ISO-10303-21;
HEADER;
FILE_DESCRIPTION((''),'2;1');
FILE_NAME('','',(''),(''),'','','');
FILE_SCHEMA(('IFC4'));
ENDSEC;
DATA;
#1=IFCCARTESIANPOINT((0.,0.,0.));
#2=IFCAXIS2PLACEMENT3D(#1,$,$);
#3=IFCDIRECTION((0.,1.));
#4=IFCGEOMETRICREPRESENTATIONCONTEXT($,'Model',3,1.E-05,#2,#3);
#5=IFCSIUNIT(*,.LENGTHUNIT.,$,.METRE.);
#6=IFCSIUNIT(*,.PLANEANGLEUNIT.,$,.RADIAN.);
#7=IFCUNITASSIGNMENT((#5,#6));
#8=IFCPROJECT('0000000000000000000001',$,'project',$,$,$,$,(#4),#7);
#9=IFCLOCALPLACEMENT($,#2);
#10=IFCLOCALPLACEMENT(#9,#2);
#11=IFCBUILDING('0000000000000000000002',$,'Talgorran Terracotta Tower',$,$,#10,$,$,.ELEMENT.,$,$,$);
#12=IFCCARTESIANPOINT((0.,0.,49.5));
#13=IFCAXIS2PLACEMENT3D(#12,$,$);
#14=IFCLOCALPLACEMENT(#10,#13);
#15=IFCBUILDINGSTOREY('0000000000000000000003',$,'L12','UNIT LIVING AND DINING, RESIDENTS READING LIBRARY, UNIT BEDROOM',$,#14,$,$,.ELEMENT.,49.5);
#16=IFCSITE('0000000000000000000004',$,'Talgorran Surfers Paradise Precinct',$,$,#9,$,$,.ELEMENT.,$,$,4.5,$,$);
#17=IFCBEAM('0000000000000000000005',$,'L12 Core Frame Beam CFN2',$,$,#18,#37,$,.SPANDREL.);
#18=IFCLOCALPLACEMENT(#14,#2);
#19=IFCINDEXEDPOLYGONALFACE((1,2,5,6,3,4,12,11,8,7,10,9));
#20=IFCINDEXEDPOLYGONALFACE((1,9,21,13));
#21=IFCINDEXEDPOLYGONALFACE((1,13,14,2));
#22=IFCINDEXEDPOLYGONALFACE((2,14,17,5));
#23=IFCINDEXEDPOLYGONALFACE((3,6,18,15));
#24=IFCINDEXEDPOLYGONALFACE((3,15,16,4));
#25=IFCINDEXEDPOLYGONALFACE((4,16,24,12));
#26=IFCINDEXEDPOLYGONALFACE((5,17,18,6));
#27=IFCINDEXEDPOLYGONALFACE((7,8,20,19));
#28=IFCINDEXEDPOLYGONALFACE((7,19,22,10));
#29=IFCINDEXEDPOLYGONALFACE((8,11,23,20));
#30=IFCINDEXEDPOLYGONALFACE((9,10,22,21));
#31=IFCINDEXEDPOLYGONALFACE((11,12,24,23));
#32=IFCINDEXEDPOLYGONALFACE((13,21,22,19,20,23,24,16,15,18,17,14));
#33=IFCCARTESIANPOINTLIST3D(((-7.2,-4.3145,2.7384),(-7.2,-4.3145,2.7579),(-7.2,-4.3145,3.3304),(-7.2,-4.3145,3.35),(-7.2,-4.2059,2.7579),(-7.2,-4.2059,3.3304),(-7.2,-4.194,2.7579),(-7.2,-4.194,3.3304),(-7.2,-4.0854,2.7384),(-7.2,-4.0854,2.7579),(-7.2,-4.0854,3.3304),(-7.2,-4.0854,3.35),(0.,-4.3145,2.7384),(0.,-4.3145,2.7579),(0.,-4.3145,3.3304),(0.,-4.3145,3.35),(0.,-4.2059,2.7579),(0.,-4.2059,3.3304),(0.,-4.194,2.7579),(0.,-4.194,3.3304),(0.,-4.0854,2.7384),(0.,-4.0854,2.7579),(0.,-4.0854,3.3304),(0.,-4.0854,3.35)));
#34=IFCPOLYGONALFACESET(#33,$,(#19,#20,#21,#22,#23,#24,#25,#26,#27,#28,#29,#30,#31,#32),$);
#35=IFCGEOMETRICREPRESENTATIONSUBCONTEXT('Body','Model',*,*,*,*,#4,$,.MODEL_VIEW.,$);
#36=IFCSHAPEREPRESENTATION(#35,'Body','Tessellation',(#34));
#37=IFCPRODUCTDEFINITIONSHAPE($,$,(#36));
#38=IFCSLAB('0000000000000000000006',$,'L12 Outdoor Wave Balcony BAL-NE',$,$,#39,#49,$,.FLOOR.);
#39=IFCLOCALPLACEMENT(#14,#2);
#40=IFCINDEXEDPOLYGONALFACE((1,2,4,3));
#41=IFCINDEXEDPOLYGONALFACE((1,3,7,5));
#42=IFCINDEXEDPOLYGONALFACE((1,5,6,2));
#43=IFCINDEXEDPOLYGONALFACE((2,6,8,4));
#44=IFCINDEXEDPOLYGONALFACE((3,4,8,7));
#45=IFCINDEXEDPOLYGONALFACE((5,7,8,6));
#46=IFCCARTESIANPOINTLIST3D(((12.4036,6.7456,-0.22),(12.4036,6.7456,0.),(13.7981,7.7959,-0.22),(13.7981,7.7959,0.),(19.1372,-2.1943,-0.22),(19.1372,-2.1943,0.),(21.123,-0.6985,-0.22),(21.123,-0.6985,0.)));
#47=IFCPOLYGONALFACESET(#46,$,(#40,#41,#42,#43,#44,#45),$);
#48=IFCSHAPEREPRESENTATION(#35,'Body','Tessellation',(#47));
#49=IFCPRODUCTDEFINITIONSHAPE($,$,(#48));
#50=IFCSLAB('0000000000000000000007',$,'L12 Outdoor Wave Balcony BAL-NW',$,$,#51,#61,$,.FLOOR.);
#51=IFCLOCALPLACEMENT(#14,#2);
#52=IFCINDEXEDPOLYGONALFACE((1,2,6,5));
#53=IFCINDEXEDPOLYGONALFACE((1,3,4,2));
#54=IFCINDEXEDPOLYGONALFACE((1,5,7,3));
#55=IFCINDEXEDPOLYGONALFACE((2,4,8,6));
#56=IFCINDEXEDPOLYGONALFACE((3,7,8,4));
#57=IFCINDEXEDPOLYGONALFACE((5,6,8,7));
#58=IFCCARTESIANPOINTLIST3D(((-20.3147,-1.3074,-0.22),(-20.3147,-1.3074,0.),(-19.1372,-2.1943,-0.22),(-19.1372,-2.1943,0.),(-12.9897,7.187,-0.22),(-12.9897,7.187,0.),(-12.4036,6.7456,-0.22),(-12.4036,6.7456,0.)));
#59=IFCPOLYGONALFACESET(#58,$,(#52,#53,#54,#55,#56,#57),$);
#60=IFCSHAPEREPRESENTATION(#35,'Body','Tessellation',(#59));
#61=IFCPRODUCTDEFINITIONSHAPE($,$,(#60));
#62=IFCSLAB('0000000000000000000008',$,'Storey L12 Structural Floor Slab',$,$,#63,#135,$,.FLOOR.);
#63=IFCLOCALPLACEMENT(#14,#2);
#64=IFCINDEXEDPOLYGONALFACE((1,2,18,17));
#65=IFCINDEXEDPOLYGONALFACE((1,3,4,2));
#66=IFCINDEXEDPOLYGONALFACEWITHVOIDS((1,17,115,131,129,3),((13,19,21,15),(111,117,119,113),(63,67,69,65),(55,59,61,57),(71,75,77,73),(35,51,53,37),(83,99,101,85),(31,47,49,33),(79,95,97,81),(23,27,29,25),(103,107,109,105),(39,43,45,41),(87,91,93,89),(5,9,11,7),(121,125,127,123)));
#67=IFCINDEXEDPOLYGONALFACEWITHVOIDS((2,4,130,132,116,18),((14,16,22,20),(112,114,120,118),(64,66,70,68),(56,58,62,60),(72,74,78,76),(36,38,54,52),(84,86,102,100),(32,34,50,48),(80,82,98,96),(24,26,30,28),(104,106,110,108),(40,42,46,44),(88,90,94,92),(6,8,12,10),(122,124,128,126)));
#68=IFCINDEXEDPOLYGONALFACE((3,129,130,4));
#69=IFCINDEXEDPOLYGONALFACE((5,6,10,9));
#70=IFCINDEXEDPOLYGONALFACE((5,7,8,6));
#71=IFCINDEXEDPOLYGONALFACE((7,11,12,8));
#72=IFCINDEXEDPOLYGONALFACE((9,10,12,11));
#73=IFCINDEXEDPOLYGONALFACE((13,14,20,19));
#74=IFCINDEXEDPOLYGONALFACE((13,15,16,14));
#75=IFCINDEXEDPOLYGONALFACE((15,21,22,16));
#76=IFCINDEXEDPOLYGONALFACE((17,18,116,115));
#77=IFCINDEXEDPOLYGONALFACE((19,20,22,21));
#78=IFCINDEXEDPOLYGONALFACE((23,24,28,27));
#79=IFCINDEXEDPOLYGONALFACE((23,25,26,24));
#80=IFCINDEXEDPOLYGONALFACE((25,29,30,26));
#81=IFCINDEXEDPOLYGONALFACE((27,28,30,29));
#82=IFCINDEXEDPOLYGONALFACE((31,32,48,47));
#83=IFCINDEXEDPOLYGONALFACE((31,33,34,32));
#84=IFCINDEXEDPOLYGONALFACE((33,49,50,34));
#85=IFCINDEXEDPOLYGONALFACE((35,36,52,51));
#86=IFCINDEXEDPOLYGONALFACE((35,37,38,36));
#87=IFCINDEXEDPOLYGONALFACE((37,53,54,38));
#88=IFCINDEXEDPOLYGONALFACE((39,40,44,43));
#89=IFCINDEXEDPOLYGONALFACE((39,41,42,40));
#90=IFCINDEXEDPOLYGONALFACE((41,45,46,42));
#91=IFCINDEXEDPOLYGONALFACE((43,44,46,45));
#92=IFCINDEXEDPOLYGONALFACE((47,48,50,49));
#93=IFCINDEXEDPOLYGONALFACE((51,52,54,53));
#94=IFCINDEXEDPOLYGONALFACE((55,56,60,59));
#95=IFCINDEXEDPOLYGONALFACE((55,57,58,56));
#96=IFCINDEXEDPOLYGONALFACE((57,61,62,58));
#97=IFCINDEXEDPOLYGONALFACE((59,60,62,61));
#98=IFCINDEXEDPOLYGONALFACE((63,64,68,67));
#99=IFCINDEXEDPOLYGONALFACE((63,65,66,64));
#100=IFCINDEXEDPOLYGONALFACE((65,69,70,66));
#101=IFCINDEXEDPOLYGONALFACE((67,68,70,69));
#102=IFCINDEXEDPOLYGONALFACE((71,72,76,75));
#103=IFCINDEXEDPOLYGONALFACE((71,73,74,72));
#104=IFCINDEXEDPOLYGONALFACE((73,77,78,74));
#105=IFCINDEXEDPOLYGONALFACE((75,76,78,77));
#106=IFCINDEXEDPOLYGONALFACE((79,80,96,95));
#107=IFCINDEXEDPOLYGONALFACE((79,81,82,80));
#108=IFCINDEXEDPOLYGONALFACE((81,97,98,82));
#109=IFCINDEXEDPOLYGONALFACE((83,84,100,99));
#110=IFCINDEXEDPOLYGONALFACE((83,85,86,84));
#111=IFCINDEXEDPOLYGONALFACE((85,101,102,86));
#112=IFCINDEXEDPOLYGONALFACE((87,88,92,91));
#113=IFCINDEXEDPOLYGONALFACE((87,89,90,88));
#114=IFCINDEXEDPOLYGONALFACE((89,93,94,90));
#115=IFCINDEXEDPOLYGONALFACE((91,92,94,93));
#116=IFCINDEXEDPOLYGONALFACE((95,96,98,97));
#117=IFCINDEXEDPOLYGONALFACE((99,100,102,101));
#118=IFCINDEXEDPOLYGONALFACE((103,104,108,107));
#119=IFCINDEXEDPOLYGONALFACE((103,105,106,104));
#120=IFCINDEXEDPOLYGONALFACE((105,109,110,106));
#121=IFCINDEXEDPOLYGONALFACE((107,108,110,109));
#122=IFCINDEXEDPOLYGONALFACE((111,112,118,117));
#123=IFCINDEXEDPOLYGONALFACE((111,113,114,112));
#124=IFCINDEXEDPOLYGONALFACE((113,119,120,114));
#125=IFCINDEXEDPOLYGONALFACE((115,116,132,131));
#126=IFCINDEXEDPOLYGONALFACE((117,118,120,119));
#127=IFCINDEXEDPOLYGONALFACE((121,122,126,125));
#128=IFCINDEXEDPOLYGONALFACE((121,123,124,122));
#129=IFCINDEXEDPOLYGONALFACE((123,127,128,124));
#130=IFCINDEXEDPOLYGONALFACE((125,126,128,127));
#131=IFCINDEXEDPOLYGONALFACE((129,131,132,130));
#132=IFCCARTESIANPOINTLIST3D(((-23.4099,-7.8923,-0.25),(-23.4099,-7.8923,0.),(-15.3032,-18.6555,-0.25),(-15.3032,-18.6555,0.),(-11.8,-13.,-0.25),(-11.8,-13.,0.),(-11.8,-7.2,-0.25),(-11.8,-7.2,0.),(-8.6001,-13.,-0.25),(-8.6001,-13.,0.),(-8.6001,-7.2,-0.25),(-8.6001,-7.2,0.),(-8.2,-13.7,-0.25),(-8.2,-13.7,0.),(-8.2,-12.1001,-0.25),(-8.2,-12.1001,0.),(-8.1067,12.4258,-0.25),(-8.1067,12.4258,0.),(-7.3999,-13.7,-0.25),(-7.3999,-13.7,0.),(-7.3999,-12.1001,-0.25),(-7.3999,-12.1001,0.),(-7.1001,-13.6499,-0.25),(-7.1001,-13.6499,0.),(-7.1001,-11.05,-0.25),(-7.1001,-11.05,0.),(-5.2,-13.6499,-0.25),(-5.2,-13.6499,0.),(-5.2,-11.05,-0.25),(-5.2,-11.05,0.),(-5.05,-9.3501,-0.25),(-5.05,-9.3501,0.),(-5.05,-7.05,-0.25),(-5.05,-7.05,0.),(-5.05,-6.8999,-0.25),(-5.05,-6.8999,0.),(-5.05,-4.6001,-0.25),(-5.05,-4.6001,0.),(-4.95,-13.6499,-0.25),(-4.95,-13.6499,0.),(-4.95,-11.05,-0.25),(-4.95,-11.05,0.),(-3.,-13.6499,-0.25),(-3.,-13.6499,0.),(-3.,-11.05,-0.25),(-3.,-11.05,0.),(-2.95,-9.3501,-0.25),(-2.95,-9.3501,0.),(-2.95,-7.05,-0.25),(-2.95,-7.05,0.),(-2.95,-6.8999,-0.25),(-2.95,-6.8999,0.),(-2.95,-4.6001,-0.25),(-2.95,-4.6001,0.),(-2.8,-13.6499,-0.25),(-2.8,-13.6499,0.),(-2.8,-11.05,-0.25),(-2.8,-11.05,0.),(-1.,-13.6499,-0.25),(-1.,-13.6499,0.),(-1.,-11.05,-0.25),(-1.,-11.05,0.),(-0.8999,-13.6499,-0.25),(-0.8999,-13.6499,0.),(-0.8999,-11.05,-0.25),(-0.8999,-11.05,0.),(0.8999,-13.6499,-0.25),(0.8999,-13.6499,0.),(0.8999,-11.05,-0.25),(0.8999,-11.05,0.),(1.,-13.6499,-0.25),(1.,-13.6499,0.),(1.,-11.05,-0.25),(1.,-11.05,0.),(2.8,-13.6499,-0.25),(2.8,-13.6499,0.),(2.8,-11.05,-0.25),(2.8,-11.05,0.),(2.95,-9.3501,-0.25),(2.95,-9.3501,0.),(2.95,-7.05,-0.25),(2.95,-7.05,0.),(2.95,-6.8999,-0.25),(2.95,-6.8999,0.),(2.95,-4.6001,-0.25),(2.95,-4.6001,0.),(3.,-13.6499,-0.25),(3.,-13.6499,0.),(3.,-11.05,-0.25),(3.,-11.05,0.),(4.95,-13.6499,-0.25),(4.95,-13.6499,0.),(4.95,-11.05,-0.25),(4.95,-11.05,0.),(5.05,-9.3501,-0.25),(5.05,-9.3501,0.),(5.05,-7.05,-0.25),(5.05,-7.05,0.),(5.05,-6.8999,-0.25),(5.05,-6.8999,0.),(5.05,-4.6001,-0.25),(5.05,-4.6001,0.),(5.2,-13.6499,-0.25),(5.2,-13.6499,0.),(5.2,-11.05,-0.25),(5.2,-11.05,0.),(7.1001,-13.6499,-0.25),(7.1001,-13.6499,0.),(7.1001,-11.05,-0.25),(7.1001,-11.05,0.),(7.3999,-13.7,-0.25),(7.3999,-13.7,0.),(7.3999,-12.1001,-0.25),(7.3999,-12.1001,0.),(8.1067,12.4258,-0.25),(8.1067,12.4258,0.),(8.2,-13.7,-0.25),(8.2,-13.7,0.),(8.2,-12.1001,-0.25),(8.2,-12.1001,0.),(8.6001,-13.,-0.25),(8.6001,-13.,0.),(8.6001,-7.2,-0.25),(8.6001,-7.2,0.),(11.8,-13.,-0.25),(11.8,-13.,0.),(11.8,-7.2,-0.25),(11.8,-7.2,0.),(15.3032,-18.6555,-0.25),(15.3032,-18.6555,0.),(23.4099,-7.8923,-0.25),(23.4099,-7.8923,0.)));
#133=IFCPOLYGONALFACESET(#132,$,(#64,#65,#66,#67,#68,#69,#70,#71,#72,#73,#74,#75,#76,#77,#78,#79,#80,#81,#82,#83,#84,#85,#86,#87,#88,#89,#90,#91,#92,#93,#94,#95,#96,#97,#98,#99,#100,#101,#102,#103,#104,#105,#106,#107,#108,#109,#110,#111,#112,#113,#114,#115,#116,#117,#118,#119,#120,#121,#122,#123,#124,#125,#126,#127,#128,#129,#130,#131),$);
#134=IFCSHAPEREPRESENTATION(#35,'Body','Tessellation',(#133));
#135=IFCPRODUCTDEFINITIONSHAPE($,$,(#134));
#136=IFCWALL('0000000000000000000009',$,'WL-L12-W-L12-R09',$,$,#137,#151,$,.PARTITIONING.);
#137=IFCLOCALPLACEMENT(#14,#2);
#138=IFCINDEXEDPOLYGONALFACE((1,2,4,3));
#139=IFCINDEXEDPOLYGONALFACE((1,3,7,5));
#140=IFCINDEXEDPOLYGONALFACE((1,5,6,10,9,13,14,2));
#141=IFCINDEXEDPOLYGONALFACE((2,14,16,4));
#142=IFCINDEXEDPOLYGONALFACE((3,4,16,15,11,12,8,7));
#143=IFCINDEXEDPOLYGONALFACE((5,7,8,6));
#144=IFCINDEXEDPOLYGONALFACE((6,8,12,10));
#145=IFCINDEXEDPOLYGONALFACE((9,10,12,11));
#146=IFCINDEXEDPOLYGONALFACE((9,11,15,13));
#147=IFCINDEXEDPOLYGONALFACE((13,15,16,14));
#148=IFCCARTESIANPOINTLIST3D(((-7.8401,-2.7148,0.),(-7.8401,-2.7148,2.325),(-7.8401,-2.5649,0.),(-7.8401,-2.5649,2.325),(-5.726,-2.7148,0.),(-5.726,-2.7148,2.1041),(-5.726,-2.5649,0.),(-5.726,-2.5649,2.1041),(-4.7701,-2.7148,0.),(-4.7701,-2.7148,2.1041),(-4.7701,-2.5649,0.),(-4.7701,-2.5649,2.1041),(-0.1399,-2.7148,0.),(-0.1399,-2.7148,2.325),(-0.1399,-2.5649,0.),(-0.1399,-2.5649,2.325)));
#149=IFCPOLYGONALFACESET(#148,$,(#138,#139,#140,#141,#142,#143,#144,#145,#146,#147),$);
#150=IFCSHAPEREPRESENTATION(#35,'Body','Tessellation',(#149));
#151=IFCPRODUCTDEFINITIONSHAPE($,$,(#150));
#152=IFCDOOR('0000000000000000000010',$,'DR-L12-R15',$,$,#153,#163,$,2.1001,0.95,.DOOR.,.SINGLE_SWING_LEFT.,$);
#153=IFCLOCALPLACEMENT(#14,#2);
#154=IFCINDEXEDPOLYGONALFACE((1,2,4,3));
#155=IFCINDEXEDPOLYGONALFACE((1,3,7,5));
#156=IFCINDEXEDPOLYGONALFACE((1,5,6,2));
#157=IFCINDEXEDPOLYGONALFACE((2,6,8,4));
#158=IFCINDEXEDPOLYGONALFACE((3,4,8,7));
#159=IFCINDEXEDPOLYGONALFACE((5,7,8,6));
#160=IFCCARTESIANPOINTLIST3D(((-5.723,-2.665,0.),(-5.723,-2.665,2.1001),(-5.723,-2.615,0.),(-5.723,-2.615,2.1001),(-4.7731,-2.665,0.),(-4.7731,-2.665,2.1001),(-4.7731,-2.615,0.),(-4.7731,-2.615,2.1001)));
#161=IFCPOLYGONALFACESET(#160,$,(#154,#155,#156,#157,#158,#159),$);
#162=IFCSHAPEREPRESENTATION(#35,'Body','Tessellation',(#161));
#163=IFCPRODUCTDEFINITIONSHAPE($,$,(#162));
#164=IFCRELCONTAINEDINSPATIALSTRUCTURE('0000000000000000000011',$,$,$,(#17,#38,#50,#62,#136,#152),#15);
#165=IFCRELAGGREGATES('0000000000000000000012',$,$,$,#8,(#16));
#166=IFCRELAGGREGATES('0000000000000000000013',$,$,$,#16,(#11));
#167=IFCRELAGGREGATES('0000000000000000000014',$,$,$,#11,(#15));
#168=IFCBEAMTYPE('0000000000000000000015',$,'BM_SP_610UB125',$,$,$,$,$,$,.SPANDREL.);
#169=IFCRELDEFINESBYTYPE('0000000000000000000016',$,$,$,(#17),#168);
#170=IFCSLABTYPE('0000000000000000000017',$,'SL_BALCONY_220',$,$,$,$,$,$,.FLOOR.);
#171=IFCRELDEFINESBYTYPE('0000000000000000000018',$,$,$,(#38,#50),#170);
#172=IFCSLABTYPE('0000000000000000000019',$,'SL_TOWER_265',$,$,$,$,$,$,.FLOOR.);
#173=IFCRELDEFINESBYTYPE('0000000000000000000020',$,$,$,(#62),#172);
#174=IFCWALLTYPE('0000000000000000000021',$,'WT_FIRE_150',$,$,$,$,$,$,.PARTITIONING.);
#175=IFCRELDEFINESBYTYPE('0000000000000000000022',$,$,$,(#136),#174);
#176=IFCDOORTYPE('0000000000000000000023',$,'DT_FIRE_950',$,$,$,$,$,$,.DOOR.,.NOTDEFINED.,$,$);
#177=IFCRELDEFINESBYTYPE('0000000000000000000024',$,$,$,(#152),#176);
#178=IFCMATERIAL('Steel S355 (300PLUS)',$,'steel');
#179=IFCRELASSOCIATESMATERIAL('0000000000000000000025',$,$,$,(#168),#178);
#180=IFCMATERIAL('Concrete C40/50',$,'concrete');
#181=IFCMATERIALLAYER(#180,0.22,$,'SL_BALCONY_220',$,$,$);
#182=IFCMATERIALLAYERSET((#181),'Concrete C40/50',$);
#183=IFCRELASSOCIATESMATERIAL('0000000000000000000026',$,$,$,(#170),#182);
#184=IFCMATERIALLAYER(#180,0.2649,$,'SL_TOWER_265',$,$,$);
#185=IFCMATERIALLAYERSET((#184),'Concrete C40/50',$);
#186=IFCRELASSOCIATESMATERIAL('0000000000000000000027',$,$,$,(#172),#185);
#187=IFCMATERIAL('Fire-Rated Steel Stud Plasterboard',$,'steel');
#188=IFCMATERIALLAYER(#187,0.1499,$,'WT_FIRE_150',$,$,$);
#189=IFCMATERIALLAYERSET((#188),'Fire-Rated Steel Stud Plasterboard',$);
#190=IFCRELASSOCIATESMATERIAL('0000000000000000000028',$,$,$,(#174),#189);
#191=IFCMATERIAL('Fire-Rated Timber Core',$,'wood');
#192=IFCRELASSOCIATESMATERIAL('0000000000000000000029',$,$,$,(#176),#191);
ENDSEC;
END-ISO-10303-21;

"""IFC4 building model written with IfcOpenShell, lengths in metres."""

from ifc_helpers import new_model, si_unit, direction, frame, frame_2d, origin, origin_2d, place, context, subcontext, project, spatial, polyline, rectangle, i_section, outline, extrude, material, layer, layer_set, material_profile, profile_set, type_object, element, fill, save


model = new_model("IFC4")

# Units and contexts
model_context = context("Model", 3, precision=1e-05, world=origin(), true_north=direction((0.0, 1.0)))
body_context = subcontext(model_context, "Body", "Model", "MODEL_VIEW")
ifc_project = project(units=[si_unit("LENGTHUNIT", "METRE"), si_unit("PLANEANGLEUNIT", "RADIAN")], contexts=[model_context])

# Site, building, storey
site_placement = place(None, origin())
site = spatial("IfcSite", under=ifc_project, at=site_placement, Name="Talgorran Surfers Paradise Precinct", CompositionType="ELEMENT", RefElevation=4.5)
building_placement = place(site_placement, origin())
building = spatial("IfcBuilding", under=site, at=building_placement, Name="Talgorran Terracotta Tower", CompositionType="ELEMENT")
storey_placement = place(building_placement, frame((0.0, 0.0, 49.5)))
storey = spatial("IfcBuildingStorey", under=building, at=storey_placement, Name="L12", Description="UNIT LIVING AND DINING, RESIDENTS READING LIBRARY, UNIT BEDROOM", CompositionType="ELEMENT", Elevation=49.5)

# Shared definitions
ifc_material_1 = material(Name="Steel S355 (300PLUS)", Category="steel")

# Beam
ifc_material_profile_1 = material_profile(ifc_material_1, i_section(OverallWidth=0.229, OverallDepth=0.6116, WebThickness=0.012, FlangeThickness=0.0195, at=origin_2d()), Name="610UB125")
ifc_profile_set_1 = profile_set([ifc_material_profile_1], Name="Steel S355 (300PLUS)")
beam_type_1 = type_object("IfcBeamType", Name="BM_SP_610UB125", PredefinedType="SPANDREL", material=ifc_profile_set_1)
beam_1_placement = place(storey_placement, frame((-7.2, -4.2, 3.0442), z_axis=(1.0, 0.0, 0.0), x_axis=(0.0, 1.0, 0.0)))
element("IfcBeam", 1, at=beam_1_placement, inside=storey, type_object=beam_type_1, Name="L12 Core Frame Beam CFN2", PredefinedType="SPANDREL", context=body_context, shape_type="SweptSolid", body=[
    extrude(i_section(OverallWidth=0.229, OverallDepth=0.6116, WebThickness=0.012, FlangeThickness=0.0195, at=origin_2d()), origin(), (0.0, 0.0, 1.0), 7.2),
])

# Slabs
ifc_material_2 = material(Name="Concrete C40/50", Category="concrete")
ifc_layer_1 = layer(ifc_material_2, 0.22, Name="SL_BALCONY_220")
ifc_layer_set_1 = layer_set([ifc_layer_1], Name="Concrete C40/50")
slab_type_1 = type_object("IfcSlabType", Name="SL_BALCONY_220", PredefinedType="FLOOR", material=ifc_layer_set_1)
slab_1_placement = place(storey_placement, frame((0.0, 0.0, -0.22)))
element("IfcSlab", 2, at=slab_1_placement, inside=storey, type_object=slab_type_1, Name="L12 Outdoor Wave Balcony BAL-NE", PredefinedType="FLOOR", context=body_context, shape_type="SweptSolid", body=[
    extrude(outline(polyline([(12.4036, 6.7456), (19.1372, -2.1943), (21.123, -0.6985), (13.7981, 7.7959), (12.4036, 6.7456)])), origin(), (0.0, 0.0, 1.0), 0.22),
])
slab_2_placement = place(storey_placement, frame((0.0, 0.0, -0.22)))
element("IfcSlab", 3, at=slab_2_placement, inside=storey, type_object=slab_type_1, Name="L12 Outdoor Wave Balcony BAL-NW", PredefinedType="FLOOR", context=body_context, shape_type="SweptSolid", body=[
    extrude(outline(polyline([(-19.1372, -2.1943), (-12.4036, 6.7456), (-12.9897, 7.187), (-20.3147, -1.3074), (-19.1372, -2.1943)])), origin(), (0.0, 0.0, 1.0), 0.22),
])
ifc_layer_2 = layer(ifc_material_2, 0.2649, Name="SL_TOWER_265")
ifc_layer_set_2 = layer_set([ifc_layer_2], Name="Concrete C40/50")
slab_type_2 = type_object("IfcSlabType", Name="SL_TOWER_265", PredefinedType="FLOOR", material=ifc_layer_set_2)
slab_3_placement = place(storey_placement, frame((0.0, 0.0, -0.25)))
element("IfcSlab", 4, at=slab_3_placement, inside=storey, type_object=slab_type_2, Name="Storey L12 Structural Floor Slab", PredefinedType="FLOOR", context=body_context, shape_type="SweptSolid", body=[
    extrude(outline(polyline([(-23.4099, -7.8923), (-15.3032, -18.6555), (15.3032, -18.6555), (23.4099, -7.8923), (8.1067, 12.4258), (-8.1067, 12.4258), (-23.4099, -7.8923)]), holes=[polyline([(-11.8, -7.2), (-11.8, -13.0), (-8.6001, -13.0), (-8.6001, -7.2), (-11.8, -7.2)]), polyline([(8.6001, -7.2), (8.6001, -13.0), (11.8, -13.0), (11.8, -7.2), (8.6001, -7.2)]), polyline([(-7.1001, -13.6499), (-5.2, -13.6499), (-5.2, -11.05), (-7.1001, -11.05), (-7.1001, -13.6499)]), polyline([(5.2, -13.6499), (7.1001, -13.6499), (7.1001, -11.05), (5.2, -11.05), (5.2, -13.6499)]), polyline([(3.0, -13.6499), (4.95, -13.6499), (4.95, -11.05), (3.0, -11.05), (3.0, -13.6499)]), polyline([(-4.95, -13.6499), (-3.0, -13.6499), (-3.0, -11.05), (-4.95, -11.05), (-4.95, -13.6499)]), polyline([(-5.05, -9.3501), (-2.95, -9.3501), (-2.95, -7.05), (-5.05, -7.05), (-5.05, -9.3501)]), polyline([(-5.05, -6.8999), (-2.95, -6.8999), (-2.95, -4.6001), (-5.05, -4.6001), (-5.05, -6.8999)]), polyline([(2.95, -9.3501), (5.05, -9.3501), (5.05, -7.05), (2.95, -7.05), (2.95, -9.3501)]), polyline([(2.95, -6.8999), (5.05, -6.8999), (5.05, -4.6001), (2.95, -4.6001), (2.95, -6.8999)]), polyline([(-2.8, -13.6499), (-1.0, -13.6499), (-1.0, -11.05), (-2.8, -11.05), (-2.8, -13.6499)]), polyline([(-0.8999, -13.6499), (0.8999, -13.6499), (0.8999, -11.05), (-0.8999, -11.05), (-0.8999, -13.6499)]), polyline([(1.0, -13.6499), (2.8, -13.6499), (2.8, -11.05), (1.0, -11.05), (1.0, -13.6499)]), polyline([(-8.2, -13.7), (-7.3999, -13.7), (-7.3999, -12.1001), (-8.2, -12.1001), (-8.2, -13.7)]), polyline([(7.3999, -13.7), (8.2, -13.7), (8.2, -12.1001), (7.3999, -12.1001), (7.3999, -13.7)])]), origin(), (0.0, 0.0, 1.0), 0.25),
])

# Wall, opening, door
ifc_material_3 = material(Name="Fire-Rated Steel Stud Plasterboard", Category="steel")
ifc_layer_3 = layer(ifc_material_3, 0.1499, Name="WT_FIRE_150")
ifc_layer_set_3 = layer_set([ifc_layer_3], Name="Fire-Rated Steel Stud Plasterboard")
wall_type_1 = type_object("IfcWallType", Name="WT_FIRE_150", PredefinedType="PARTITIONING", material=ifc_layer_set_3)
wall_1_placement = place(storey_placement, frame((-7.8401, -2.6399, 0.0), z_axis=(0.0, 0.0, 1.0), x_axis=(1.0, 0.0, 0.0)))
wall_1 = element("IfcWall", 5, at=wall_1_placement, inside=storey, type_object=wall_type_1, Name="WL-L12-W-L12-R09", PredefinedType="PARTITIONING", context=body_context, shape_type="SweptSolid", body=[
    extrude(rectangle(XDim=7.7002, YDim=0.1499, at=frame_2d((3.8501, 0.0))), origin(), (0.0, 0.0, 1.0), 2.325),
])
opening_1_placement = place(wall_1_placement, frame((2.1169, 0.0, 0.0)))
opening_1 = element("IfcOpeningElement", 6, at=opening_1_placement, cuts=wall_1, PredefinedType="OPENING", context=body_context, shape_type="SweptSolid", body=[
    extrude(rectangle(XDim=0.956, YDim=2.1041, at=frame_2d((0.4751, 1.052))), frame((0.0, 0.085, 0.0), z_axis=(0.0, -1.0, 0.0), x_axis=(1.0, 0.0, 0.0)), (0.0, 0.0, 1.0), 0.1699),
])
ifc_material_4 = material(Name="Fire-Rated Timber Core", Category="wood")
door_type_1 = type_object("IfcDoorType", Name="DT_FIRE_950", OperationType="NOTDEFINED", PredefinedType="DOOR", material=ifc_material_4)
door_1_placement = place(opening_1_placement, origin())
door_1 = element("IfcDoor", 7, at=door_1_placement, inside=storey, type_object=door_type_1, Name="DR-L12-R15", OperationType="SINGLE_SWING_LEFT", OverallHeight=2.1001, OverallWidth=0.95, PredefinedType="DOOR", context=body_context, shape_type="SweptSolid", body=[
    extrude(rectangle(XDim=0.95, YDim=2.1001, at=frame_2d((0.4751, 1.05))), frame((0.0, 0.0249, 0.0), z_axis=(0.0, -1.0, 0.0), x_axis=(1.0, 0.0, 0.0)), (0.0, 0.0, 1.0), 0.05),
])
fill(opening_1, door_1)

save(model, "model.ifc")
